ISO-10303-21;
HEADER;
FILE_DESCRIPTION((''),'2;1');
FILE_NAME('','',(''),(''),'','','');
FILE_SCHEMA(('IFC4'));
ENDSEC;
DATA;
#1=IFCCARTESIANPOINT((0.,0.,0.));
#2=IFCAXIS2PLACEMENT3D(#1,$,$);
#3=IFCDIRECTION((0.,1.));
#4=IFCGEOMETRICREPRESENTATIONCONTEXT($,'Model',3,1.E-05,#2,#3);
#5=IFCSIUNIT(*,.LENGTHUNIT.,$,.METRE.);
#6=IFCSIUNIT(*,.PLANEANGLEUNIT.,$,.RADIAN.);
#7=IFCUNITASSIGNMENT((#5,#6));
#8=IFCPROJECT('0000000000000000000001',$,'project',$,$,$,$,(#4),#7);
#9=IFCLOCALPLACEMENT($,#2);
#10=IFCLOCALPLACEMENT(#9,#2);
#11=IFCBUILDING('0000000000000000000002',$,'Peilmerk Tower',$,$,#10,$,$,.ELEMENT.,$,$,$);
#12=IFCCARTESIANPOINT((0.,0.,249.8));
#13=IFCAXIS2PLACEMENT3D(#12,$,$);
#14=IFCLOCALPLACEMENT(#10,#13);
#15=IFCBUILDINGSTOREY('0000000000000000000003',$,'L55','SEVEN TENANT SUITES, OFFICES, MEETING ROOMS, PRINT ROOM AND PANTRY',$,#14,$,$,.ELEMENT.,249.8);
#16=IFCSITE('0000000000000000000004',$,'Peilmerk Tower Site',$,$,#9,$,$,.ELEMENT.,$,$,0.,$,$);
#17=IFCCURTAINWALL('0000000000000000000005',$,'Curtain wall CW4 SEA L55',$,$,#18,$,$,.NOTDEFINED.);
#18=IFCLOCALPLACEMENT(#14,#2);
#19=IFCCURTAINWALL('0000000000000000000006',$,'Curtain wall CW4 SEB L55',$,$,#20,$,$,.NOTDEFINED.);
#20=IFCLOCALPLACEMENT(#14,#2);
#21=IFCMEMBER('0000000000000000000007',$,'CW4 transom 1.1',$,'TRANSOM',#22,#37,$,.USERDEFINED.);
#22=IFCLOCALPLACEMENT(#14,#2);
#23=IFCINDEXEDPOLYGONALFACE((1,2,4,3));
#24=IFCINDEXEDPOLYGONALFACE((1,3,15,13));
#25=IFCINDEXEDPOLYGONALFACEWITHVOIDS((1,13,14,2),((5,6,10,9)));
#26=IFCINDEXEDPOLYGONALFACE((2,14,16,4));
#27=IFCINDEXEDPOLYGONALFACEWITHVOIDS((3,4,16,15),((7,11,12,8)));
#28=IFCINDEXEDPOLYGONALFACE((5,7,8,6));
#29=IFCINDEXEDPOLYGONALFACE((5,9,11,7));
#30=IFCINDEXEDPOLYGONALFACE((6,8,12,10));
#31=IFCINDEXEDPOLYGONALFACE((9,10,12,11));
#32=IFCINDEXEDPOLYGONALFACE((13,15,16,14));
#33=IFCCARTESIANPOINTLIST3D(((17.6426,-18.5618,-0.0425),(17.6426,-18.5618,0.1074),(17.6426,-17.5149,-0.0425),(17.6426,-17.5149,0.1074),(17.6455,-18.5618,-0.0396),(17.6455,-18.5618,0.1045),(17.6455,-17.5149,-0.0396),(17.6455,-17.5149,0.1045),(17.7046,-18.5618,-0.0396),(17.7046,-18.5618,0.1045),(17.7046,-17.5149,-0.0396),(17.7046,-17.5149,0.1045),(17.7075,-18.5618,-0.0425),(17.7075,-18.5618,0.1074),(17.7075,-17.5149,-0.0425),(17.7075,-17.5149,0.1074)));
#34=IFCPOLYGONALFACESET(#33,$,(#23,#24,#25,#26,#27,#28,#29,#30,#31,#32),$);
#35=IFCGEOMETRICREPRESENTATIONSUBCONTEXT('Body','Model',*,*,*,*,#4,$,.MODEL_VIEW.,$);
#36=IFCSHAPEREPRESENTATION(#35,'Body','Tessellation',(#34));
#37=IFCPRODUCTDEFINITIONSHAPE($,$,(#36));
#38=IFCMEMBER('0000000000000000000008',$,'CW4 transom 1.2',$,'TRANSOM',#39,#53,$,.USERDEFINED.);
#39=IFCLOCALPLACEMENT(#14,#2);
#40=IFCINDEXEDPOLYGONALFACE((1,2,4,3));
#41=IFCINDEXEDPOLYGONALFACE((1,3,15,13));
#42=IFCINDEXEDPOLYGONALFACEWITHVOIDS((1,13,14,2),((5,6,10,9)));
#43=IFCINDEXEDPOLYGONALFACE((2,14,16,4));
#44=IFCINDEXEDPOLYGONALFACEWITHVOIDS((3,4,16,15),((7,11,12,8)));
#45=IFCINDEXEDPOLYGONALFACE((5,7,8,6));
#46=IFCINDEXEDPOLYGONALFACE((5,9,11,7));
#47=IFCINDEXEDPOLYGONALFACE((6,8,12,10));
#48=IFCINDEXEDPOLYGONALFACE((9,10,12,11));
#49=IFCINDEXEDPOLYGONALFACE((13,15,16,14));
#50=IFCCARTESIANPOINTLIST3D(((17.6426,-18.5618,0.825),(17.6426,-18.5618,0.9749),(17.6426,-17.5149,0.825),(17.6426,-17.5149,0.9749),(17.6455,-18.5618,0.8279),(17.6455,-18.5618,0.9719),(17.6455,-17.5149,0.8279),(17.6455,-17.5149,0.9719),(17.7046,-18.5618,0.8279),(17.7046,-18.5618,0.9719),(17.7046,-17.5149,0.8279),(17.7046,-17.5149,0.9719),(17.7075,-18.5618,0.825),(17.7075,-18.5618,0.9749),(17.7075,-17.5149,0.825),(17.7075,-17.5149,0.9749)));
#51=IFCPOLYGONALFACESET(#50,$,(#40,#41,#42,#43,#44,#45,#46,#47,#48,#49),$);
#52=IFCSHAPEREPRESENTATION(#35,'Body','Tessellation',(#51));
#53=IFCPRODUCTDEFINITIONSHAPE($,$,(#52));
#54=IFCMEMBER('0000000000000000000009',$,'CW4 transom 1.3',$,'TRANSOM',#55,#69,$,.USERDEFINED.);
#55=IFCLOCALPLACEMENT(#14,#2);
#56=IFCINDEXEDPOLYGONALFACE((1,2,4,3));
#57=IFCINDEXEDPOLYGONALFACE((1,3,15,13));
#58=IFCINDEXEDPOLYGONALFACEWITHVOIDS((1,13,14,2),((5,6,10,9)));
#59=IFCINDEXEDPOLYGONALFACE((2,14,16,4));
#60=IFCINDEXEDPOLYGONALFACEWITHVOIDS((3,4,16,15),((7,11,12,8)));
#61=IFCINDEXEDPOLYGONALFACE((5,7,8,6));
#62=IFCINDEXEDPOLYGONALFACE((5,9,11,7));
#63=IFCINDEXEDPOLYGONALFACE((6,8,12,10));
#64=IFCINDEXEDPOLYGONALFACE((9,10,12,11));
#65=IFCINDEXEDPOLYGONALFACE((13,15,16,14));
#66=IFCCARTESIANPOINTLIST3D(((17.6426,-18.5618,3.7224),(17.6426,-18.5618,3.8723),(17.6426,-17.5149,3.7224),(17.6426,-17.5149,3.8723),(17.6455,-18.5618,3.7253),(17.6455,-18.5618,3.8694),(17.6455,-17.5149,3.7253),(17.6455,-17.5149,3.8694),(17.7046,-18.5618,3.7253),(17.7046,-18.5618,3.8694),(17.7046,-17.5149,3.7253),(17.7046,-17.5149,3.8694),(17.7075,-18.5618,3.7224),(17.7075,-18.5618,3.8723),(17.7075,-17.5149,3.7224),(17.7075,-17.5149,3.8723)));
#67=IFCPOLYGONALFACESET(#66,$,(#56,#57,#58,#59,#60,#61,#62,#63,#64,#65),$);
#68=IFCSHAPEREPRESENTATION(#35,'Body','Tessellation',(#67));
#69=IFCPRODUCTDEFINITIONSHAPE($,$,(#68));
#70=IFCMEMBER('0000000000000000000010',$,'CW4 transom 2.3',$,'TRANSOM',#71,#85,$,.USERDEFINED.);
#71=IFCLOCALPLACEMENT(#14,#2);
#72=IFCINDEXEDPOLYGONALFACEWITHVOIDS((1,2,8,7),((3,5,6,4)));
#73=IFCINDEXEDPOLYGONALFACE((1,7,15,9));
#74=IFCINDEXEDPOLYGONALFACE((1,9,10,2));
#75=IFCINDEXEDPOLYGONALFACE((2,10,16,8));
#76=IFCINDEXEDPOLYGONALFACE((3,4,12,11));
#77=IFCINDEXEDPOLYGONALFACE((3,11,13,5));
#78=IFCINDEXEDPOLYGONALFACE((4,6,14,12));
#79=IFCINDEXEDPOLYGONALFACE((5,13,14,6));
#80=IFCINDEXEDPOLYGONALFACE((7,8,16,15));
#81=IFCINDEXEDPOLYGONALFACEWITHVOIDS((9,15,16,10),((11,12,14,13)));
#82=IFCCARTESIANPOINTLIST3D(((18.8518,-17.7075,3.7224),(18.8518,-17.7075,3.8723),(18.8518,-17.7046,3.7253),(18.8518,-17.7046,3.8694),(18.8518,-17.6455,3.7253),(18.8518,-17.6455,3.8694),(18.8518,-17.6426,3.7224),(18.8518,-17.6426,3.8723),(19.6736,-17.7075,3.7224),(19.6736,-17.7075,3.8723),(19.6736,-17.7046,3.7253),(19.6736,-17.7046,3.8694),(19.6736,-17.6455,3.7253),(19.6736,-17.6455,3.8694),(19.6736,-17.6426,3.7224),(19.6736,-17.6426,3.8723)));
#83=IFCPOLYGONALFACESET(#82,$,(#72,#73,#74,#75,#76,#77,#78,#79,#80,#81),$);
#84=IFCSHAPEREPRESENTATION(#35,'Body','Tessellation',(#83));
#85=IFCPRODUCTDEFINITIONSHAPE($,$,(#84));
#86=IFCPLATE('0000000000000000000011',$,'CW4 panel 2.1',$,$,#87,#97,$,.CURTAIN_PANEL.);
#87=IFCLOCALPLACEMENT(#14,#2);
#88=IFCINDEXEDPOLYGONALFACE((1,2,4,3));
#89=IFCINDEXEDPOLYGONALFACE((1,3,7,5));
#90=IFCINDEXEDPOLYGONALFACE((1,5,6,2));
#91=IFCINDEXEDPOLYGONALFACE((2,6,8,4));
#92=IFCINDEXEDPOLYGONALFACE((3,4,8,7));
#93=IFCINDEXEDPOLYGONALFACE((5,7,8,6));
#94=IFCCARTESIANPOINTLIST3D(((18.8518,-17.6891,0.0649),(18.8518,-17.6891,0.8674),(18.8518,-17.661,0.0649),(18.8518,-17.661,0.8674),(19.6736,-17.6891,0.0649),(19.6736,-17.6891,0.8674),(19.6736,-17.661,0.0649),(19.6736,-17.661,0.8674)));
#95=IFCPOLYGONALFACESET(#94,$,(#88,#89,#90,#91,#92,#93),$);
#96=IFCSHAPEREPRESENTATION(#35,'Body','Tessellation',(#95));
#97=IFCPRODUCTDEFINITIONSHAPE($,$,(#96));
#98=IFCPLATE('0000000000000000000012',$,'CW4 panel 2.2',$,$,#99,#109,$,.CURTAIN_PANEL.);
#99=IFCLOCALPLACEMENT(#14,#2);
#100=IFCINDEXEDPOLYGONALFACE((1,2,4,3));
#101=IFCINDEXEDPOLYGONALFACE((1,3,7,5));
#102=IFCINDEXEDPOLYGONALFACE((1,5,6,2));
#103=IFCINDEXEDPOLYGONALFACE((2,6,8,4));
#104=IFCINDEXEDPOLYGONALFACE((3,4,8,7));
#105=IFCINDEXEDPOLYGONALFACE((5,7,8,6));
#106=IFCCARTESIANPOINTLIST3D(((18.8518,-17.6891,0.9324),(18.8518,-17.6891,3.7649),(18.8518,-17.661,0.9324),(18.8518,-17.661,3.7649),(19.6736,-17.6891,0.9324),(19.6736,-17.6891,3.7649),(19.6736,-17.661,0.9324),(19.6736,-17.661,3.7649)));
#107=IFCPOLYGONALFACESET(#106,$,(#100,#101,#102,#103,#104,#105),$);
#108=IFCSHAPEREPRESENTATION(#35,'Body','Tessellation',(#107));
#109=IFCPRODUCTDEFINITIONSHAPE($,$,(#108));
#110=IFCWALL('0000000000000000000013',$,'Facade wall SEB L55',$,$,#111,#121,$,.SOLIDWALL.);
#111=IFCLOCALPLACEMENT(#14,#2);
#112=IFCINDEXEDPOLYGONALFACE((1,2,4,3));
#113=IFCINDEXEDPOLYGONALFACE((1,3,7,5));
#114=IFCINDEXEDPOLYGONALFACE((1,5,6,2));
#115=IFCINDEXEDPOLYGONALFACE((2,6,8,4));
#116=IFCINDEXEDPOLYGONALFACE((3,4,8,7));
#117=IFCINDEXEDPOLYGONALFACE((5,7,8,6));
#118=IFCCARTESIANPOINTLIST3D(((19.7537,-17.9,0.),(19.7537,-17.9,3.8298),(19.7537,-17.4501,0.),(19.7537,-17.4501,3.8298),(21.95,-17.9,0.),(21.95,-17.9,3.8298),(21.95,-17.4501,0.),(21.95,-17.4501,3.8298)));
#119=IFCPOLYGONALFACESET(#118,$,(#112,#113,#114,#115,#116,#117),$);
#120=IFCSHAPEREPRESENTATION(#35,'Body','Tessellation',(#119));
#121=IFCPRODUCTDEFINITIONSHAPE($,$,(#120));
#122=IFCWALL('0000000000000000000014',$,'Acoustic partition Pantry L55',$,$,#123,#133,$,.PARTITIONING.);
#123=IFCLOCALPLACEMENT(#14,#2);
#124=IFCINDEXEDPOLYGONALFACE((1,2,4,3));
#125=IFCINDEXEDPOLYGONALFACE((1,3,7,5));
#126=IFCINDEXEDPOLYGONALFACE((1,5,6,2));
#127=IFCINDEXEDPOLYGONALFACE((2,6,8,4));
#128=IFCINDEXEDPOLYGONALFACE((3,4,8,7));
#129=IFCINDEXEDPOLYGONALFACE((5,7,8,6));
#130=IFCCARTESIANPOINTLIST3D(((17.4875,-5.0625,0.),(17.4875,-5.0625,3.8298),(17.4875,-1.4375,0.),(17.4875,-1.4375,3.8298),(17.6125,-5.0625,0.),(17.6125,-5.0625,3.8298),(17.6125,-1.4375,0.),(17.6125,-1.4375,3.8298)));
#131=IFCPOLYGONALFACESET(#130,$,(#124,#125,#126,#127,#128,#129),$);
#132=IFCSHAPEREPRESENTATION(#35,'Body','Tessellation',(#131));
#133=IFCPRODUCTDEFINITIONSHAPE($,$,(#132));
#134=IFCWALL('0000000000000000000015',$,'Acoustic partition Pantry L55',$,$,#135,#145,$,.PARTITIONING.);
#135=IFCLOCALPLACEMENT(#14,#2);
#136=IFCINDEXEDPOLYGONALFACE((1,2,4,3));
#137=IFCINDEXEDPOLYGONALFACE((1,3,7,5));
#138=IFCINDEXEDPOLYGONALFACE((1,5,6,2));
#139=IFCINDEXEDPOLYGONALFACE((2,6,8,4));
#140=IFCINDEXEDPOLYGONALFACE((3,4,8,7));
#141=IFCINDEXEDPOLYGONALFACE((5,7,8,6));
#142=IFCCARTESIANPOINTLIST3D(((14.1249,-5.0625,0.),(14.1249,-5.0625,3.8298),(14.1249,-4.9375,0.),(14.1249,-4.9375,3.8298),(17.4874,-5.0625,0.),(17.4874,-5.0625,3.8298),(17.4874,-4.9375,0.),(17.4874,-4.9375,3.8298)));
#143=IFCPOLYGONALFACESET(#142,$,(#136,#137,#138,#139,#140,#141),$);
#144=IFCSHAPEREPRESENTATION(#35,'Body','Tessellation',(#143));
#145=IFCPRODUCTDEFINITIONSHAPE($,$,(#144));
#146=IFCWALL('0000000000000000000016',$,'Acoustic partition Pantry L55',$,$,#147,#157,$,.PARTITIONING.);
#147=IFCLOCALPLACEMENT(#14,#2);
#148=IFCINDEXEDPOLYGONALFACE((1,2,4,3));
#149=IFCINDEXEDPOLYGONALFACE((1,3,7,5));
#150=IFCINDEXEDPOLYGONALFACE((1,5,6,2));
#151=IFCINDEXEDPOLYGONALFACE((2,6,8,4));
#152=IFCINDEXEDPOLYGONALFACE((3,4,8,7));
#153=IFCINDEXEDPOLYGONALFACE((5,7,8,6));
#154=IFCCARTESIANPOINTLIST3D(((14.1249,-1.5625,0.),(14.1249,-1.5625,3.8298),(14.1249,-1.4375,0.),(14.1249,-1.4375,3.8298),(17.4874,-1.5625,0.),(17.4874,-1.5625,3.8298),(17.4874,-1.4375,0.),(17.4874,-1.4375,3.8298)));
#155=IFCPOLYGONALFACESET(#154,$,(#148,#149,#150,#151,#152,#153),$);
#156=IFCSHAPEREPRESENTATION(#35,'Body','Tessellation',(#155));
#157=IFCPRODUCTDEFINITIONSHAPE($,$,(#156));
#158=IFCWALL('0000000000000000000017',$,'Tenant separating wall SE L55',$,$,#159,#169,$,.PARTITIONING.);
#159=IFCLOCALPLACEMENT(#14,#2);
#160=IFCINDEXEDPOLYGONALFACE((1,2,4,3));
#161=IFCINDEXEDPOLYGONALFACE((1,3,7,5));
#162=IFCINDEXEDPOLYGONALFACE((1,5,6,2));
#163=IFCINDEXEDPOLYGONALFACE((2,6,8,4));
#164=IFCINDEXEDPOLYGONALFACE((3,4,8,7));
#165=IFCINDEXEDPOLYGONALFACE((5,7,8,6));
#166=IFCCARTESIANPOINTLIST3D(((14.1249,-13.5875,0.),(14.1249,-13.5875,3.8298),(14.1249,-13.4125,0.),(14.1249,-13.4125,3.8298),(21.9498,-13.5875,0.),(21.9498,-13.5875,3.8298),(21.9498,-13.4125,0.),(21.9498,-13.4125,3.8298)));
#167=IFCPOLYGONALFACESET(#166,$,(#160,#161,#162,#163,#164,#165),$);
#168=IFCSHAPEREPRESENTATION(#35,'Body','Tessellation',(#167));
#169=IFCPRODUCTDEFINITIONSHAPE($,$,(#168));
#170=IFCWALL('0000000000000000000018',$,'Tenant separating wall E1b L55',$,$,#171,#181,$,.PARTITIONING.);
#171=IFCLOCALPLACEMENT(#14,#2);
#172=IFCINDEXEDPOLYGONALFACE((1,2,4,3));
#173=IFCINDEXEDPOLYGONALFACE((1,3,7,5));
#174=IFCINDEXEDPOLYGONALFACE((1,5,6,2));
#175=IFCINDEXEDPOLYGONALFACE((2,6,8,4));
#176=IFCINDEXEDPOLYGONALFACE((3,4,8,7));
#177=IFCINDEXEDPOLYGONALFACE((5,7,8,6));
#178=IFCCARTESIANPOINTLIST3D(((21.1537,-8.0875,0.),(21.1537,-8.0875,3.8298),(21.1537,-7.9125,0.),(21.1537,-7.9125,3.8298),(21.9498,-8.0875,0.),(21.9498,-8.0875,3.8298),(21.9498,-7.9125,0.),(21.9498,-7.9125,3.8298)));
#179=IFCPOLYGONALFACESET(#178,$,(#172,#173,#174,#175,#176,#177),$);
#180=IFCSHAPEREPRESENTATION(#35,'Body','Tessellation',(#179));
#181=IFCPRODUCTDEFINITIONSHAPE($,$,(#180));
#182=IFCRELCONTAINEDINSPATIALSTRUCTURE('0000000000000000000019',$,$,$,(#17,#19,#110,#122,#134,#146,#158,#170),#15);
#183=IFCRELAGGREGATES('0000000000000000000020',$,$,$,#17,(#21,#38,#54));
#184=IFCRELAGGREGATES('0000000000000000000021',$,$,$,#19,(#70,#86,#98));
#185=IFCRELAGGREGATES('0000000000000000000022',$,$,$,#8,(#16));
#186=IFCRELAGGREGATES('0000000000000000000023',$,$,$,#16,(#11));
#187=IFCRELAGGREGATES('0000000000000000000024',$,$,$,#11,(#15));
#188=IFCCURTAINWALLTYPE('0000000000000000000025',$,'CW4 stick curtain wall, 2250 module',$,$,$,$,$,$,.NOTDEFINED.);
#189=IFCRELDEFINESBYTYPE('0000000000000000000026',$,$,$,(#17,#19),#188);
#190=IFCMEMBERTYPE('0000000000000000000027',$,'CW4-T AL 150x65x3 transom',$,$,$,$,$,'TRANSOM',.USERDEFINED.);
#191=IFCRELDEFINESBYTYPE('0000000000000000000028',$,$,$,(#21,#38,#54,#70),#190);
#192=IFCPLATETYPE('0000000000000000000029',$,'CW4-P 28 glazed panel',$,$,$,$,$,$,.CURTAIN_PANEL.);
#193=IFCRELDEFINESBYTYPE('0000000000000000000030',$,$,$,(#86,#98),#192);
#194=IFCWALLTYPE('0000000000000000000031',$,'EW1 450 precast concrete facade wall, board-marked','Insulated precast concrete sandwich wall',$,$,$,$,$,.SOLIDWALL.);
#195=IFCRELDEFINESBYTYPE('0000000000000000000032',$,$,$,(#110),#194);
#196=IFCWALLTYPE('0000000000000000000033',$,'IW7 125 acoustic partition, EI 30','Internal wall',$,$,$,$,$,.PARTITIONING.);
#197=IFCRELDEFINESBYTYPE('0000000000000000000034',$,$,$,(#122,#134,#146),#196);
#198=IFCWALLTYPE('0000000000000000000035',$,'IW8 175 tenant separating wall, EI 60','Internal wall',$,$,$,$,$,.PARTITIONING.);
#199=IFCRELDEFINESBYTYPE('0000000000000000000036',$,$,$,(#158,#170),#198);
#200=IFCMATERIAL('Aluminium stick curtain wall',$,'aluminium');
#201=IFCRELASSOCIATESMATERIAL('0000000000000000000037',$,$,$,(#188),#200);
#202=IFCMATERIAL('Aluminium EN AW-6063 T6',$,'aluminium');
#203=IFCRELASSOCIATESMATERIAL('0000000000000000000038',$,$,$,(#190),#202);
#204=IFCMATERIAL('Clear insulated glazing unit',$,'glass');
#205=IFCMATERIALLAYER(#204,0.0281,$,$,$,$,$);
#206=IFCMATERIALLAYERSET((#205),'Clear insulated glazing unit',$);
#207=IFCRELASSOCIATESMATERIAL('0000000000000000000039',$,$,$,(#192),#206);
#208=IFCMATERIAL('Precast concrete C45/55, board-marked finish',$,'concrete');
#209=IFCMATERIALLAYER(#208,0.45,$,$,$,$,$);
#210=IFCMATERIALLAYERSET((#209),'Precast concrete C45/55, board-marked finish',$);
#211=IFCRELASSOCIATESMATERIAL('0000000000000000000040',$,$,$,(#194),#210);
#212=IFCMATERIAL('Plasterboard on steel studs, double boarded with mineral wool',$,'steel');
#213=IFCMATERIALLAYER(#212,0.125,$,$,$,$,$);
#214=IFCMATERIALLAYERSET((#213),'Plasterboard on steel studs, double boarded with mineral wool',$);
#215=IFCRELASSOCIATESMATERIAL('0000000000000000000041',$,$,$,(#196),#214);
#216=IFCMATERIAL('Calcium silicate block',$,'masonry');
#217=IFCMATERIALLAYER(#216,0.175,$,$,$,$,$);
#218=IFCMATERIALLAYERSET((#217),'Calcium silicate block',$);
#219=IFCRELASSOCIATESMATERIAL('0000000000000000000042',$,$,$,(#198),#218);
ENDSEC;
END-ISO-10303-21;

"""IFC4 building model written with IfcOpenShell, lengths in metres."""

from ifc_helpers import new_model, si_unit, direction, frame, frame_2d, origin, origin_2d, place, context, subcontext, project, spatial, rectangle, hollow_rectangle, extrude, material, layer, layer_set, material_profile, profile_set, type_object, element, aggregate, save


model = new_model("IFC4")

# Units and contexts
model_context = context("Model", 3, precision=1e-05, world=origin(), true_north=direction((0.0, 1.0)))
body_context = subcontext(model_context, "Body", "Model", "MODEL_VIEW")
ifc_project = project(units=[si_unit("LENGTHUNIT", "METRE"), si_unit("PLANEANGLEUNIT", "RADIAN")], contexts=[model_context])

# Site, building, storey
site_placement = place(None, origin())
site = spatial("IfcSite", under=ifc_project, at=site_placement, Name="Peilmerk Tower Site", CompositionType="ELEMENT", RefElevation=0.0)
building_placement = place(site_placement, origin())
building = spatial("IfcBuilding", under=site, at=building_placement, Name="Peilmerk Tower", CompositionType="ELEMENT")
storey_placement = place(building_placement, frame((0.0, 0.0, 249.8)))
storey = spatial("IfcBuildingStorey", under=building, at=storey_placement, Name="L55", Description="SEVEN TENANT SUITES, OFFICES, MEETING ROOMS, PRINT ROOM AND PANTRY", CompositionType="ELEMENT", Elevation=249.8)

# Curtain walls
ifc_material_1 = material(Name="Aluminium stick curtain wall", Category="aluminium")
curtain_wall_type = type_object("IfcCurtainWallType", Name="CW4 stick curtain wall, 2250 module", PredefinedType="NOTDEFINED", material=ifc_material_1)
curtain_wall_1_placement = place(storey_placement, origin())
curtain_wall_1 = element("IfcCurtainWall", 1, at=curtain_wall_1_placement, inside=storey, type_object=curtain_wall_type, Name="Curtain wall CW4 SEA L55", PredefinedType="NOTDEFINED")
ifc_material_2 = material(Name="Aluminium EN AW-6063 T6", Category="aluminium")
curtain_wall_2_placement = place(storey_placement, origin())
curtain_wall_2 = element("IfcCurtainWall", 2, at=curtain_wall_2_placement, inside=storey, type_object=curtain_wall_type, Name="Curtain wall CW4 SEB L55", PredefinedType="NOTDEFINED")

# Members
ifc_material_profile_1 = material_profile(ifc_material_2, hollow_rectangle(XDim=0.0649, YDim=0.1499, WallThickness=0.0029, at=origin_2d()), Name="AL 150x65x3")
ifc_profile_set_1 = profile_set([ifc_material_profile_1], Name="Aluminium EN AW-6063 T6")
member_type_1 = type_object("IfcMemberType", Name="CW4-T AL 150x65x3 transom", ElementType="TRANSOM", PredefinedType="USERDEFINED", material=ifc_profile_set_1)
member_1_placement = place(storey_placement, frame((17.675, -17.5149, 0.0325), z_axis=(0.0, -1.0, 0.0), x_axis=(1.0, 0.0, 0.0)))
member_1 = element("IfcMember", 3, at=member_1_placement, type_object=member_type_1, Name="CW4 transom 1.1", ObjectType="TRANSOM", PredefinedType="USERDEFINED", context=body_context, shape_type="SweptSolid", body=[
    extrude(hollow_rectangle(XDim=0.0649, YDim=0.1499, WallThickness=0.0029, at=origin_2d()), origin(), (0.0, 0.0, 1.0), 1.0469),
])
member_2_placement = place(storey_placement, frame((17.675, -17.5149, 0.8999), z_axis=(0.0, -1.0, 0.0), x_axis=(1.0, 0.0, 0.0)))
member_2 = element("IfcMember", 4, at=member_2_placement, type_object=member_type_1, Name="CW4 transom 1.2", ObjectType="TRANSOM", PredefinedType="USERDEFINED", context=body_context, shape_type="SweptSolid", body=[
    extrude(hollow_rectangle(XDim=0.0649, YDim=0.1499, WallThickness=0.0029, at=origin_2d()), origin(), (0.0, 0.0, 1.0), 1.0469),
])
member_3_placement = place(storey_placement, frame((17.675, -17.5149, 3.7974), z_axis=(0.0, -1.0, 0.0), x_axis=(1.0, 0.0, 0.0)))
member_3 = element("IfcMember", 5, at=member_3_placement, type_object=member_type_1, Name="CW4 transom 1.3", ObjectType="TRANSOM", PredefinedType="USERDEFINED", context=body_context, shape_type="SweptSolid", body=[
    extrude(hollow_rectangle(XDim=0.0649, YDim=0.1499, WallThickness=0.0029, at=origin_2d()), origin(), (0.0, 0.0, 1.0), 1.0469),
])
aggregate(curtain_wall_1, [member_1, member_2, member_3])
member_4_placement = place(storey_placement, frame((18.8518, -17.675, 3.7974), z_axis=(1.0, 0.0, 0.0), x_axis=(0.0, 1.0, 0.0)))
member_4 = element("IfcMember", 6, at=member_4_placement, type_object=member_type_1, Name="CW4 transom 2.3", ObjectType="TRANSOM", PredefinedType="USERDEFINED", context=body_context, shape_type="SweptSolid", body=[
    extrude(hollow_rectangle(XDim=0.0649, YDim=0.1499, WallThickness=0.0029, at=origin_2d()), origin(), (0.0, 0.0, 1.0), 0.8218),
])

# Plates
ifc_material_3 = material(Name="Clear insulated glazing unit", Category="glass")
ifc_layer_1 = layer(ifc_material_3, 0.0281)
ifc_layer_set_1 = layer_set([ifc_layer_1], Name="Clear insulated glazing unit")
plate_type = type_object("IfcPlateType", Name="CW4-P 28 glazed panel", PredefinedType="CURTAIN_PANEL", material=ifc_layer_set_1)
plate_1_placement = place(storey_placement, frame((19.2627, -17.675, 0.0649), z_axis=(0.0, 0.0, 1.0), x_axis=(1.0, 0.0, 0.0)))
plate_1 = element("IfcPlate", 7, at=plate_1_placement, type_object=plate_type, Name="CW4 panel 2.1", PredefinedType="CURTAIN_PANEL", context=body_context, shape_type="SweptSolid", body=[
    extrude(rectangle(XDim=0.8218, YDim=0.0281, at=origin_2d()), origin(), (0.0, 0.0, 1.0), 0.8025),
])
plate_2_placement = place(storey_placement, frame((19.2627, -17.675, 0.9324), z_axis=(0.0, 0.0, 1.0), x_axis=(1.0, 0.0, 0.0)))
plate_2 = element("IfcPlate", 8, at=plate_2_placement, type_object=plate_type, Name="CW4 panel 2.2", PredefinedType="CURTAIN_PANEL", context=body_context, shape_type="SweptSolid", body=[
    extrude(rectangle(XDim=0.8218, YDim=0.0281, at=origin_2d()), origin(), (0.0, 0.0, 1.0), 2.8325),
])
aggregate(curtain_wall_2, [member_4, plate_1, plate_2])

# Walls
ifc_material_4 = material(Name="Precast concrete C45/55, board-marked finish", Category="concrete")
ifc_layer_2 = layer(ifc_material_4, 0.45)
ifc_layer_set_2 = layer_set([ifc_layer_2], Name="Precast concrete C45/55, board-marked finish")
wall_type_1 = type_object("IfcWallType", Name="EW1 450 precast concrete facade wall, board-marked", Description="Insulated precast concrete sandwich wall", PredefinedType="SOLIDWALL", material=ifc_layer_set_2)
wall_1_placement = place(storey_placement, frame((19.7537, -17.675, 0.0), z_axis=(0.0, 0.0, 1.0), x_axis=(1.0, 0.0, 0.0)))
element("IfcWall", 9, at=wall_1_placement, inside=storey, type_object=wall_type_1, Name="Facade wall SEB L55", PredefinedType="SOLIDWALL", context=body_context, shape_type="SweptSolid", body=[
    extrude(rectangle(XDim=2.1963, YDim=0.45, at=frame_2d((1.0981, 0.0))), origin(), (0.0, 0.0, 1.0), 3.8298),
])
ifc_material_5 = material(Name="Plasterboard on steel studs, double boarded with mineral wool", Category="steel")
ifc_layer_3 = layer(ifc_material_5, 0.125)
ifc_layer_set_3 = layer_set([ifc_layer_3], Name="Plasterboard on steel studs, double boarded with mineral wool")
wall_type_2 = type_object("IfcWallType", Name="IW7 125 acoustic partition, EI 30", Description="Internal wall", PredefinedType="PARTITIONING", material=ifc_layer_set_3)
wall_2_placement = place(storey_placement, frame((17.55, -5.0625, 0.0), z_axis=(0.0, 0.0, 1.0), x_axis=(0.0, 1.0, 0.0)))
element("IfcWall", 10, at=wall_2_placement, inside=storey, type_object=wall_type_2, Name="Acoustic partition Pantry L55", PredefinedType="PARTITIONING", context=body_context, shape_type="SweptSolid", body=[
    extrude(rectangle(XDim=3.625, YDim=0.125, at=frame_2d((1.8125, 0.0))), origin(), (0.0, 0.0, 1.0), 3.8298),
])
for number, where, z_axis, x_axis, name in (
    (11, (14.125, -5.0, 0.0), (0.0, 0.0, 1.0), (1.0, 0.0, 0.0), "Acoustic partition Pantry L55"),
    (12, (14.125, -1.5, 0.0), (0.0, 0.0, 1.0), (1.0, 0.0, 0.0), "Acoustic partition Pantry L55"),
):
    element("IfcWall", number, at=place(storey_placement, frame(where, z_axis=z_axis, x_axis=x_axis)), inside=storey, type_object=wall_type_2, Name=name, PredefinedType="PARTITIONING", context=body_context, shape_type="SweptSolid", body=[
        extrude(rectangle(XDim=3.3625, YDim=0.125, at=frame_2d((1.6812, 0.0))), origin(), (0.0, 0.0, 1.0), 3.8298),
    ])
ifc_material_6 = material(Name="Calcium silicate block", Category="masonry")
ifc_layer_4 = layer(ifc_material_6, 0.175)
ifc_layer_set_4 = layer_set([ifc_layer_4], Name="Calcium silicate block")
wall_type_3 = type_object("IfcWallType", Name="IW8 175 tenant separating wall, EI 60", Description="Internal wall", PredefinedType="PARTITIONING", material=ifc_layer_set_4)
wall_3_placement = place(storey_placement, frame((21.95, -13.5, 0.0), z_axis=(0.0, 0.0, 1.0), x_axis=(-1.0, 0.0, 0.0)))
element("IfcWall", 13, at=wall_3_placement, inside=storey, type_object=wall_type_3, Name="Tenant separating wall SE L55", PredefinedType="PARTITIONING", context=body_context, shape_type="SweptSolid", body=[
    extrude(rectangle(XDim=7.825, YDim=0.175, at=frame_2d((3.9126, 0.0))), origin(), (0.0, 0.0, 1.0), 3.8298),
])
wall_4_placement = place(storey_placement, frame((21.1538, -8.0, 0.0), z_axis=(0.0, 0.0, 1.0), x_axis=(1.0, 0.0, 0.0)))
element("IfcWall", 14, at=wall_4_placement, inside=storey, type_object=wall_type_3, Name="Tenant separating wall E1b L55", PredefinedType="PARTITIONING", context=body_context, shape_type="SweptSolid", body=[
    extrude(rectangle(XDim=0.7961, YDim=0.175, at=frame_2d((0.3979, 0.0))), origin(), (0.0, 0.0, 1.0), 3.8298),
])

save(model, "model.ifc")
